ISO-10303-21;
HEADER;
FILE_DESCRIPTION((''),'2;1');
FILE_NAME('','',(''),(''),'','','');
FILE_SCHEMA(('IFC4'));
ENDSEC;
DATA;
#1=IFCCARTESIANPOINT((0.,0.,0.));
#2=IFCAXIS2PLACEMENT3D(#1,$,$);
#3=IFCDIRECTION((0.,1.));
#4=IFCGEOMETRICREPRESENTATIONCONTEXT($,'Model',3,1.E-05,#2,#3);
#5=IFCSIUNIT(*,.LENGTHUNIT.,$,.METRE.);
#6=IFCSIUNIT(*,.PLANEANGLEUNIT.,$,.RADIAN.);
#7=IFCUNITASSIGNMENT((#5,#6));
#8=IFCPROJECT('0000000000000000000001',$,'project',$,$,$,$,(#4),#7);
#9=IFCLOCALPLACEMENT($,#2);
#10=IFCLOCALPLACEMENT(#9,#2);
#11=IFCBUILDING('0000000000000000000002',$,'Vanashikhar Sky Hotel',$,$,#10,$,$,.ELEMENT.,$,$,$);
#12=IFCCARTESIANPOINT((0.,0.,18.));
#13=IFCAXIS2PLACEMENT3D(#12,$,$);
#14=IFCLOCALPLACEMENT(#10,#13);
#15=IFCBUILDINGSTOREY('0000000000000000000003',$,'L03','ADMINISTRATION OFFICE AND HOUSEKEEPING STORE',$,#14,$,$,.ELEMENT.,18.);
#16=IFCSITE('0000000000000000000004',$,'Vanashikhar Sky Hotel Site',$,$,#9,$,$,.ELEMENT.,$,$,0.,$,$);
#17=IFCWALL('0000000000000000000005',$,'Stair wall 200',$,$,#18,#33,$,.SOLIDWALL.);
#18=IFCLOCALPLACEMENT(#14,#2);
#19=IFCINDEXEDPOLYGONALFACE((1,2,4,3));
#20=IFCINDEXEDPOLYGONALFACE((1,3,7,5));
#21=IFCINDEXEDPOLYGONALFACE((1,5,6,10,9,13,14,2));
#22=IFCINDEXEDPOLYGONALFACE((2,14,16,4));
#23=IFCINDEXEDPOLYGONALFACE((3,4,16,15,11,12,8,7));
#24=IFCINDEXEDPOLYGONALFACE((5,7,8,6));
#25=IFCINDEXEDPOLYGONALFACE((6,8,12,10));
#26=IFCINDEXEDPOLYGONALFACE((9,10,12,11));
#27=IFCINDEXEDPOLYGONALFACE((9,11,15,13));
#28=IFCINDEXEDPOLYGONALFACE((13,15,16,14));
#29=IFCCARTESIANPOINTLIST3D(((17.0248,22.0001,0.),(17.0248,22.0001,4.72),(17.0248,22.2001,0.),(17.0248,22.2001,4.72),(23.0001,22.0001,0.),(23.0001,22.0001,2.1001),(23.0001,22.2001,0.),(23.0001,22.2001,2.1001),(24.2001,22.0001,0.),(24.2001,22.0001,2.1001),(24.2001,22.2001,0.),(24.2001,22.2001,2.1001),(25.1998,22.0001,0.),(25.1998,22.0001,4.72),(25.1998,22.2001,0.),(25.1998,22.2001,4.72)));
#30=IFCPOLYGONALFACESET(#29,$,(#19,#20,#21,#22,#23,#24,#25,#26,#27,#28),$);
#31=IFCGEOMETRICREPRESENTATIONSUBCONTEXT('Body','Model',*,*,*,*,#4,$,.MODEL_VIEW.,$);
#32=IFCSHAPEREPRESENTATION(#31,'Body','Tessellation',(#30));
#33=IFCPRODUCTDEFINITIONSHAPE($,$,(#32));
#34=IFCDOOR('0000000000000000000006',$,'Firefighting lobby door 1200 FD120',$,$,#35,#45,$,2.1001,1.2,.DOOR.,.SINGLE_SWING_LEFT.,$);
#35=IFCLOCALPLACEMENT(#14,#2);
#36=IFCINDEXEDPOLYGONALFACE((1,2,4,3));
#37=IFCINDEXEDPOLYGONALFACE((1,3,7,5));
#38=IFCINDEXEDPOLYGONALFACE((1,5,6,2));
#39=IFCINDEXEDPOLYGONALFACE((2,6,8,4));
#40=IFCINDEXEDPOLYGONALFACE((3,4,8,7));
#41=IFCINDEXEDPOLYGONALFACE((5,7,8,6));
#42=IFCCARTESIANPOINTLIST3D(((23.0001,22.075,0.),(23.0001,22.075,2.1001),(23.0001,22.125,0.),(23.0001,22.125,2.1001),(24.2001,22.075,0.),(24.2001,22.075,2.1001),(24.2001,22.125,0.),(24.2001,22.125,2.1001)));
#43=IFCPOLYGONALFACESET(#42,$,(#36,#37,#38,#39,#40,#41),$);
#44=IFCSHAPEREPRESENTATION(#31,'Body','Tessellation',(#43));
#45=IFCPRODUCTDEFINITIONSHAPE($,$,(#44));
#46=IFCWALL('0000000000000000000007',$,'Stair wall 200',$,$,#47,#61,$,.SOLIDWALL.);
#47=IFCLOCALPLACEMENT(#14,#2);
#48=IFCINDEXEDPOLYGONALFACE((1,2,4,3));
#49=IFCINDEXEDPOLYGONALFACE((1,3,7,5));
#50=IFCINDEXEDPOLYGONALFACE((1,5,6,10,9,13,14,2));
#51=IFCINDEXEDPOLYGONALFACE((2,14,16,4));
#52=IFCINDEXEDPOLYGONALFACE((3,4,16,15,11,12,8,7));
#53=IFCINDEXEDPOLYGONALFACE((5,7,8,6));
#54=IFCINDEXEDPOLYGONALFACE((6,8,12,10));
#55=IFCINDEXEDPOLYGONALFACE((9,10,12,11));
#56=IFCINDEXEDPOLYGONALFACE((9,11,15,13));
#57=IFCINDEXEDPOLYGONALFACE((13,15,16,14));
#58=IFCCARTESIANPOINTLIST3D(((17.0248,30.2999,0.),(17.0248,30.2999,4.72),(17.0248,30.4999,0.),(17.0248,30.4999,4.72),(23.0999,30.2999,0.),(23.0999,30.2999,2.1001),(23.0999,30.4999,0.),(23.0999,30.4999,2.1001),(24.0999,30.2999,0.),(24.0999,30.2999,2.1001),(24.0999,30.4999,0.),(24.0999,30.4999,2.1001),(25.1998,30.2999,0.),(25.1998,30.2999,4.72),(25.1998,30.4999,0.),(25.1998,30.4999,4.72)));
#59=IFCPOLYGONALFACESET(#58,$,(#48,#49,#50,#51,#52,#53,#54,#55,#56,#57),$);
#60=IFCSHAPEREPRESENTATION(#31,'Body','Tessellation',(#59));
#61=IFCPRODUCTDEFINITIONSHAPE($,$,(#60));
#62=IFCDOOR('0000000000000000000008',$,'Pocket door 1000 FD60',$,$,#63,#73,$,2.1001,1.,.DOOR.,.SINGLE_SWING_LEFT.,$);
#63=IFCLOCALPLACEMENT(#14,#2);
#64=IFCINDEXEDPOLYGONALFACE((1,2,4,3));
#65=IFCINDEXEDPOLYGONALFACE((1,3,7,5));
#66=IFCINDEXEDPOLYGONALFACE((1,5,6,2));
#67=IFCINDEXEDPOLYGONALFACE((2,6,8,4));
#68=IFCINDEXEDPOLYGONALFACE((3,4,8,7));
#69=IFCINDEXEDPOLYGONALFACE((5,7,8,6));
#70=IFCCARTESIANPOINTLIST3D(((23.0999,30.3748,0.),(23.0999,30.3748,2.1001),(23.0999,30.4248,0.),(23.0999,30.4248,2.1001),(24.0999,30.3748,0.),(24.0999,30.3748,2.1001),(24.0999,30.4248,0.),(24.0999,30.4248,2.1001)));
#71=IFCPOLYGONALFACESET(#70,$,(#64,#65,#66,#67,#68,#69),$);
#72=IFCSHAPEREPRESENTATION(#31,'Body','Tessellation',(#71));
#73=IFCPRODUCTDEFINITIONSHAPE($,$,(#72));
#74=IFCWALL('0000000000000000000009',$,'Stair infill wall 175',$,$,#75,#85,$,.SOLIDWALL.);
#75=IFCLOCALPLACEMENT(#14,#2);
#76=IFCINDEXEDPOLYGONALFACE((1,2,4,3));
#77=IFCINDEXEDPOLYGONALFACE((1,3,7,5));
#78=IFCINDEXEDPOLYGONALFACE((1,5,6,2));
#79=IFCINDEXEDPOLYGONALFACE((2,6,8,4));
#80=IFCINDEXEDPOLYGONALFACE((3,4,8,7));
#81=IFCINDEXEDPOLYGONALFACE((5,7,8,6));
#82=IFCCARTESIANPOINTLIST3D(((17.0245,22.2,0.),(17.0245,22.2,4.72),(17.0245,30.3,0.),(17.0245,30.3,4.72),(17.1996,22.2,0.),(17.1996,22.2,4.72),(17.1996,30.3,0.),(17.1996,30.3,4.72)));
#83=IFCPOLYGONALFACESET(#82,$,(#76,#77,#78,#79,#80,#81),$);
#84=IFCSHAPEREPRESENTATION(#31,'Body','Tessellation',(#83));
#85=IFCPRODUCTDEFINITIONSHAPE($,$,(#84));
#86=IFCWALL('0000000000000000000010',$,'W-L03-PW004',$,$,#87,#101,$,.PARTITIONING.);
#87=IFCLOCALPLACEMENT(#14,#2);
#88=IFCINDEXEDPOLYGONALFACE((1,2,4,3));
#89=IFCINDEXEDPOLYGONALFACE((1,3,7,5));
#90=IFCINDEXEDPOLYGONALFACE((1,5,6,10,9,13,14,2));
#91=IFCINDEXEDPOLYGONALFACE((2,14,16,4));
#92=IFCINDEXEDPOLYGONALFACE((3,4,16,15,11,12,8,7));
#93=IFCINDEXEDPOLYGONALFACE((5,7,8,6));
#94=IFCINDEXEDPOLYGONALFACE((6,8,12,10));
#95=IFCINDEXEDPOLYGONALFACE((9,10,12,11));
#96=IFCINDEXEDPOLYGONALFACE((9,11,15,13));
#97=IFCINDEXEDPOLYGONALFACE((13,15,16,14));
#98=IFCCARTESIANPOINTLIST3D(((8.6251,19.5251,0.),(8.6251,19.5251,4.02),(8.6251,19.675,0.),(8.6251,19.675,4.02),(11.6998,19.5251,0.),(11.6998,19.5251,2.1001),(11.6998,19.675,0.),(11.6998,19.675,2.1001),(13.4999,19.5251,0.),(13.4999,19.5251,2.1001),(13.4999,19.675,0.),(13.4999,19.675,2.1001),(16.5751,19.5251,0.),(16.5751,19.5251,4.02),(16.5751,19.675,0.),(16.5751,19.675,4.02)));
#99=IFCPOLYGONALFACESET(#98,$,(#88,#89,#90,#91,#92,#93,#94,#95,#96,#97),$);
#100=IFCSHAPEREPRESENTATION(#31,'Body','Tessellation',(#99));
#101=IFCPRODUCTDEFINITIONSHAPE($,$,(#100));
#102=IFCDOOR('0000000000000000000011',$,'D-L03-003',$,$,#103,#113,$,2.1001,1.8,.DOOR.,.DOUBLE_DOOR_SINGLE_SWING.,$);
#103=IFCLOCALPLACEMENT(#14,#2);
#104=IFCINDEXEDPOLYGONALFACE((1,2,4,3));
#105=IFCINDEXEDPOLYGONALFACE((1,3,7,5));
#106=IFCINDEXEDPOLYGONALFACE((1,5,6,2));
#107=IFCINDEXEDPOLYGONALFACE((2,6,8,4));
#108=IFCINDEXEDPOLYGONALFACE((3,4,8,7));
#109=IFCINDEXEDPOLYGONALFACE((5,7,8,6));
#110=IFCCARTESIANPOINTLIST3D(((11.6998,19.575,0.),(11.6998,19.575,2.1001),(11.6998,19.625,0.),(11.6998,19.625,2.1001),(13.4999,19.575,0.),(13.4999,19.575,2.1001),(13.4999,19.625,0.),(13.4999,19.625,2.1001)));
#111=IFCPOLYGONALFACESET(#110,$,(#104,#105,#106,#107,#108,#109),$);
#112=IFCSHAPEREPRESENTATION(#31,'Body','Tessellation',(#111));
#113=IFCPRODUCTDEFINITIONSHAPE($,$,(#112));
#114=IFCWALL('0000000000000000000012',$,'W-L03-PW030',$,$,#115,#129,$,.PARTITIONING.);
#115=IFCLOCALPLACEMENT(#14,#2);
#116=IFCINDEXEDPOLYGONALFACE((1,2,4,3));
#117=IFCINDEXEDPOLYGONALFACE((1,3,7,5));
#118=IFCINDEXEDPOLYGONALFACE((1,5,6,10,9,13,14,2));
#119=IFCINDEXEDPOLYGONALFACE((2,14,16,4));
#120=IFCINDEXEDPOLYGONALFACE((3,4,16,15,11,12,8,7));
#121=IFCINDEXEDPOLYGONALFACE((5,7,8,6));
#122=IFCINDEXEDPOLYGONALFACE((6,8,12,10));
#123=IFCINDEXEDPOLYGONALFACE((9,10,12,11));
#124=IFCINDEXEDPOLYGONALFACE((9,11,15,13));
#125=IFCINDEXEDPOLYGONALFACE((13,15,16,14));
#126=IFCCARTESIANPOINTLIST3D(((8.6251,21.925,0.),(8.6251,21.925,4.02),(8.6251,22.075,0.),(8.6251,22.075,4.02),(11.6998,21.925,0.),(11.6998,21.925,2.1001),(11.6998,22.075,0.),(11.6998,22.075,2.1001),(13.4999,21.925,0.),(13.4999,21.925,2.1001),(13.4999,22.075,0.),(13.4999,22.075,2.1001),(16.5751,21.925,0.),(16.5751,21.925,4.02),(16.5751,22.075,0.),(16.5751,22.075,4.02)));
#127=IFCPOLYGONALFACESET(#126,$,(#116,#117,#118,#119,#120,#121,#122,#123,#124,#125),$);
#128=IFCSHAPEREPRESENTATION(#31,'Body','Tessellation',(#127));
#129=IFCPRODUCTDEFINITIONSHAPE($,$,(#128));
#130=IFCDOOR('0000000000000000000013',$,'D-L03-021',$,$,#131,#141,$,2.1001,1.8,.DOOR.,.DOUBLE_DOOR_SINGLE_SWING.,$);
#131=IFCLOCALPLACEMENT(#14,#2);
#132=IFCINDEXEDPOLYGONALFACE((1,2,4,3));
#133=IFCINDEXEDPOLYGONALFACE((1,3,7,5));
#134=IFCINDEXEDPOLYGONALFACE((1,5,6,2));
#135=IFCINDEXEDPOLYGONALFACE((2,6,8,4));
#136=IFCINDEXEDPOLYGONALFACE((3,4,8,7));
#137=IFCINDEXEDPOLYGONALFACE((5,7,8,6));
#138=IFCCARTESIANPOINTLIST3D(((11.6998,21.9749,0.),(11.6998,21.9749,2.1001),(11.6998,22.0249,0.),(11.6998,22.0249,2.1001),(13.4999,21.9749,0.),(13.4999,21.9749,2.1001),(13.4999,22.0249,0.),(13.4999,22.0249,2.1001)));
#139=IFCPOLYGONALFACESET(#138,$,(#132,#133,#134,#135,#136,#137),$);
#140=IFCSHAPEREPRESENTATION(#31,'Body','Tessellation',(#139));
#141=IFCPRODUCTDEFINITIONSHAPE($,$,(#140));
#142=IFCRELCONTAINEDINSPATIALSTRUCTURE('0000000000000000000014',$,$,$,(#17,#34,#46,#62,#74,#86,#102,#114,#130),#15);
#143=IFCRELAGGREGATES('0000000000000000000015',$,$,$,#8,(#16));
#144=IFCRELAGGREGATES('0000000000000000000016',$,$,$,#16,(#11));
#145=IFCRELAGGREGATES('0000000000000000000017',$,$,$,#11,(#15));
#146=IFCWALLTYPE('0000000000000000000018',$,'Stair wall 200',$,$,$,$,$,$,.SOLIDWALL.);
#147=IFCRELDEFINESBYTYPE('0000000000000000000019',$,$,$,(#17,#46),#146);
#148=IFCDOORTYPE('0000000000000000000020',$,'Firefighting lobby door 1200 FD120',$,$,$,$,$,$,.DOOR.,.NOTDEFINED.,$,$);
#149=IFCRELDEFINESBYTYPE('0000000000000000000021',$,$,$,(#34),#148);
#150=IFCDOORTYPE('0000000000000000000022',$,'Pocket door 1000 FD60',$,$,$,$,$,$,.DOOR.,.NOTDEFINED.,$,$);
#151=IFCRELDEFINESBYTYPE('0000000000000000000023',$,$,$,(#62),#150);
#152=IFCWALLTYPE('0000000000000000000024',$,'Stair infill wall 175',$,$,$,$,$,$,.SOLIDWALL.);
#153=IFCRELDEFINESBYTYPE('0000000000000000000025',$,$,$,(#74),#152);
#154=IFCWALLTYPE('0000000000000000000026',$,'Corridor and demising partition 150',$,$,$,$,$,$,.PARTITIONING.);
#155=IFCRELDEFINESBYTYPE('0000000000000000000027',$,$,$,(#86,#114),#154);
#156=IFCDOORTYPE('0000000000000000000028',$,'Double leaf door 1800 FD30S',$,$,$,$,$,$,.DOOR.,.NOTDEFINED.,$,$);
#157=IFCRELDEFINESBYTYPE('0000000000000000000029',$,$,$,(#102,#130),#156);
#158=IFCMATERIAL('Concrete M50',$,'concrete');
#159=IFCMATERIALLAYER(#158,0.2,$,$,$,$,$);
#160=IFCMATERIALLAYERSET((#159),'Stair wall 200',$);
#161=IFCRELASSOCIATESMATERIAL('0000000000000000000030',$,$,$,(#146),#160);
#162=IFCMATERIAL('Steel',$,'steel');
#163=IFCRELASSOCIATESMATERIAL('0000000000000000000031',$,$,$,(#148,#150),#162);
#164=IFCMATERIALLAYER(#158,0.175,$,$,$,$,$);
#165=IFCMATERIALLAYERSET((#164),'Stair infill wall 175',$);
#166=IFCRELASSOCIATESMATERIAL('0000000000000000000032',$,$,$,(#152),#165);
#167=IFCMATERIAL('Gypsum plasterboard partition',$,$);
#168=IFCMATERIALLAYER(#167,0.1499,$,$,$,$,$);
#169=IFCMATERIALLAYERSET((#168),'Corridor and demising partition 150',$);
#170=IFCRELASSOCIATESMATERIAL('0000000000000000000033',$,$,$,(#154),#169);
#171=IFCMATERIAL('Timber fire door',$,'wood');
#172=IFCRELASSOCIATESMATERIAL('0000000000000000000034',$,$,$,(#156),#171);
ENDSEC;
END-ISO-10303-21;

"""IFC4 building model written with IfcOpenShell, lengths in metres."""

from ifc_helpers import new_model, si_unit, direction, frame, frame_2d, origin, place, context, subcontext, project, spatial, rectangle, extrude, source, transform, mapped, material, layer, layer_set, type_object, element, fill, save


model = new_model("IFC4")

# Units and contexts
model_context = context("Model", 3, precision=1e-05, world=origin(), true_north=direction((0.0, 1.0)))
body_context = subcontext(model_context, "Body", "Model", "MODEL_VIEW")
ifc_project = project(units=[si_unit("LENGTHUNIT", "METRE"), si_unit("PLANEANGLEUNIT", "RADIAN")], contexts=[model_context])

# Site, building, storey
site_placement = place(None, origin())
site = spatial("IfcSite", under=ifc_project, at=site_placement, Name="Vanashikhar Sky Hotel Site", CompositionType="ELEMENT", RefElevation=0.0)
building_placement = place(site_placement, origin())
building = spatial("IfcBuilding", under=site, at=building_placement, Name="Vanashikhar Sky Hotel", CompositionType="ELEMENT")
storey_placement = place(building_placement, frame((0.0, 0.0, 18.0)))
storey = spatial("IfcBuildingStorey", under=building, at=storey_placement, Name="L03", Description="ADMINISTRATION OFFICE AND HOUSEKEEPING STORE", CompositionType="ELEMENT", Elevation=18.0)

# Shared definitions
ifc_material_1 = material(Name="Concrete M50", Category="concrete")

# Walls, openings, doors
ifc_layer_1 = layer(ifc_material_1, 0.2)
ifc_layer_set_1 = layer_set([ifc_layer_1], Name="Stair wall 200")
wall_type_1 = type_object("IfcWallType", Name="Stair wall 200", PredefinedType="SOLIDWALL", material=ifc_layer_set_1)
shared_shape_1 = source(origin(), body_context, "Body", "SweptSolid", [
    extrude(rectangle(XDim=8.175, YDim=0.2, at=frame_2d((4.0874, 0.0))), origin(), (0.0, 0.0, 1.0), 4.72),
])
wall_1_placement = place(storey_placement, frame((17.0249, 22.1001, 0.0), z_axis=(0.0, 0.0, 1.0), x_axis=(1.0, 0.0, 0.0)))
wall_1 = element("IfcWall", 1, at=wall_1_placement, inside=storey, type_object=wall_type_1, Name="Stair wall 200", PredefinedType="SOLIDWALL", context=body_context, shape_type="MappedRepresentation", body=[
    mapped(shared_shape_1, transform((0.0, 0.0, 0.0), scale=1.0)),
])
shared_shape_2 = source(origin(), body_context, "Body", "SweptSolid", [
    extrude(rectangle(XDim=1.2, YDim=2.1001, at=frame_2d((0.6001, 1.05))), frame((0.0, 0.1099, 0.0), z_axis=(0.0, -1.0, 0.0), x_axis=(1.0, 0.0, 0.0)), (0.0, 0.0, 1.0), 0.22),
])
opening_1_placement = place(wall_1_placement, frame((5.9751, 0.0, 0.0)))
opening_1 = element("IfcOpeningElement", 2, at=opening_1_placement, cuts=wall_1, PredefinedType="OPENING", context=body_context, shape_type="MappedRepresentation", body=[
    mapped(shared_shape_2, transform((0.0, 0.0, 0.0), scale=1.0)),
])
ifc_material_2 = material(Name="Steel", Category="steel")
door_type_1 = type_object("IfcDoorType", Name="Firefighting lobby door 1200 FD120", OperationType="NOTDEFINED", PredefinedType="DOOR", material=ifc_material_2)
shared_shape_3 = source(origin(), body_context, "Body", "SweptSolid", [
    extrude(rectangle(XDim=1.2, YDim=2.1001, at=frame_2d((0.6001, 1.05))), frame((0.0, 0.0249, 0.0), z_axis=(0.0, -1.0, 0.0), x_axis=(1.0, 0.0, 0.0)), (0.0, 0.0, 1.0), 0.05),
])
door_1_placement = place(opening_1_placement, origin())
door_1 = element("IfcDoor", 3, at=door_1_placement, inside=storey, type_object=door_type_1, Name="Firefighting lobby door 1200 FD120", OperationType="SINGLE_SWING_LEFT", OverallHeight=2.1001, OverallWidth=1.2, PredefinedType="DOOR", context=body_context, shape_type="MappedRepresentation", body=[
    mapped(shared_shape_3, transform((0.0, 0.0, 0.0), scale=1.0)),
])
fill(opening_1, door_1)
wall_2_placement = place(storey_placement, frame((17.0249, 30.3999, 0.0), z_axis=(0.0, 0.0, 1.0), x_axis=(1.0, 0.0, 0.0)))
wall_2 = element("IfcWall", 4, at=wall_2_placement, inside=storey, type_object=wall_type_1, Name="Stair wall 200", PredefinedType="SOLIDWALL", context=body_context, shape_type="MappedRepresentation", body=[
    mapped(shared_shape_1, transform((0.0, 0.0, 0.0), scale=1.0)),
])
shared_shape_4 = source(origin(), body_context, "Body", "SweptSolid", [
    extrude(rectangle(XDim=1.0, YDim=2.1001, at=frame_2d((0.5, 1.05))), frame((0.0, 0.1099, 0.0), z_axis=(0.0, -1.0, 0.0), x_axis=(1.0, 0.0, 0.0)), (0.0, 0.0, 1.0), 0.22),
])
opening_2_placement = place(wall_2_placement, frame((6.075, 0.0, 0.0)))
opening_2 = element("IfcOpeningElement", 5, at=opening_2_placement, cuts=wall_2, PredefinedType="OPENING", context=body_context, shape_type="MappedRepresentation", body=[
    mapped(shared_shape_4, transform((0.0, 0.0, 0.0), scale=1.0)),
])
door_type_2 = type_object("IfcDoorType", Name="Pocket door 1000 FD60", OperationType="NOTDEFINED", PredefinedType="DOOR", material=ifc_material_2)
shared_shape_5 = source(origin(), body_context, "Body", "SweptSolid", [
    extrude(rectangle(XDim=1.0, YDim=2.1001, at=frame_2d((0.5, 1.05))), frame((0.0, 0.0249, 0.0), z_axis=(0.0, -1.0, 0.0), x_axis=(1.0, 0.0, 0.0)), (0.0, 0.0, 1.0), 0.05),
])
door_2_placement = place(opening_2_placement, origin())
door_2 = element("IfcDoor", 6, at=door_2_placement, inside=storey, type_object=door_type_2, Name="Pocket door 1000 FD60", OperationType="SINGLE_SWING_LEFT", OverallHeight=2.1001, OverallWidth=1.0, PredefinedType="DOOR", context=body_context, shape_type="MappedRepresentation", body=[
    mapped(shared_shape_5, transform((0.0, 0.0, 0.0), scale=1.0)),
])
fill(opening_2, door_2)

# Wall
ifc_layer_2 = layer(ifc_material_1, 0.175)
ifc_layer_set_2 = layer_set([ifc_layer_2], Name="Stair infill wall 175")
wall_type_2 = type_object("IfcWallType", Name="Stair infill wall 175", PredefinedType="SOLIDWALL", material=ifc_layer_set_2)
shared_shape_6 = source(origin(), body_context, "Body", "SweptSolid", [
    extrude(rectangle(XDim=8.1001, YDim=0.175, at=frame_2d((4.05, 0.0))), origin(), (0.0, 0.0, 1.0), 4.72),
])
wall_3_placement = place(storey_placement, frame((17.1121, 22.2, 0.0), z_axis=(0.0, 0.0, 1.0), x_axis=(0.0, 1.0, 0.0)))
element("IfcWall", 7, at=wall_3_placement, inside=storey, type_object=wall_type_2, Name="Stair infill wall 175", PredefinedType="SOLIDWALL", context=body_context, shape_type="MappedRepresentation", body=[
    mapped(shared_shape_6, transform((0.0, 0.0, 0.0), scale=1.0)),
])

# Walls, openings, doors
ifc_material_3 = material(Name="Gypsum plasterboard partition")
ifc_layer_3 = layer(ifc_material_3, 0.1499)
ifc_layer_set_3 = layer_set([ifc_layer_3], Name="Corridor and demising partition 150")
wall_type_3 = type_object("IfcWallType", Name="Corridor and demising partition 150", PredefinedType="PARTITIONING", material=ifc_layer_set_3)
shared_shape_7 = source(origin(), body_context, "Body", "SweptSolid", [
    extrude(rectangle(XDim=7.95, YDim=0.1499, at=frame_2d((3.9751, 0.0))), origin(), (0.0, 0.0, 1.0), 4.02),
])
wall_4_placement = place(storey_placement, frame((8.625, 19.6001, 0.0), z_axis=(0.0, 0.0, 1.0), x_axis=(1.0, 0.0, 0.0)))
wall_4 = element("IfcWall", 8, at=wall_4_placement, inside=storey, type_object=wall_type_3, Name="W-L03-PW004", PredefinedType="PARTITIONING", context=body_context, shape_type="MappedRepresentation", body=[
    mapped(shared_shape_7, transform((0.0, 0.0, 0.0), scale=1.0)),
])
shared_shape_8 = source(origin(), body_context, "Body", "SweptSolid", [
    extrude(rectangle(XDim=1.8, YDim=2.1001, at=frame_2d((0.8999, 1.05))), frame((0.0, 0.085, 0.0), z_axis=(0.0, -1.0, 0.0), x_axis=(1.0, 0.0, 0.0)), (0.0, 0.0, 1.0), 0.1699),
])
opening_3_placement = place(wall_4_placement, frame((3.075, 0.0, 0.0)))
opening_3 = element("IfcOpeningElement", 9, at=opening_3_placement, cuts=wall_4, PredefinedType="OPENING", context=body_context, shape_type="MappedRepresentation", body=[
    mapped(shared_shape_8, transform((0.0, 0.0, 0.0), scale=1.0)),
])
ifc_material_4 = material(Name="Timber fire door", Category="wood")
door_type_3 = type_object("IfcDoorType", Name="Double leaf door 1800 FD30S", OperationType="NOTDEFINED", PredefinedType="DOOR", material=ifc_material_4)
shared_shape_9 = source(origin(), body_context, "Body", "SweptSolid", [
    extrude(rectangle(XDim=1.8, YDim=2.1001, at=frame_2d((0.8999, 1.05))), frame((0.0, 0.0249, 0.0), z_axis=(0.0, -1.0, 0.0), x_axis=(1.0, 0.0, 0.0)), (0.0, 0.0, 1.0), 0.05),
])
door_3_placement = place(opening_3_placement, origin())
door_3 = element("IfcDoor", 10, at=door_3_placement, inside=storey, type_object=door_type_3, Name="D-L03-003", OperationType="DOUBLE_DOOR_SINGLE_SWING", OverallHeight=2.1001, OverallWidth=1.8, PredefinedType="DOOR", context=body_context, shape_type="MappedRepresentation", body=[
    mapped(shared_shape_9, transform((0.0, 0.0, 0.0), scale=1.0)),
])
fill(opening_3, door_3)
wall_5_placement = place(storey_placement, frame((8.625, 22.0, 0.0), z_axis=(0.0, 0.0, 1.0), x_axis=(1.0, 0.0, 0.0)))
wall_5 = element("IfcWall", 11, at=wall_5_placement, inside=storey, type_object=wall_type_3, Name="W-L03-PW030", PredefinedType="PARTITIONING", context=body_context, shape_type="MappedRepresentation", body=[
    mapped(shared_shape_7, transform((0.0, 0.0, 0.0), scale=1.0)),
])
opening_4_placement = place(wall_5_placement, frame((3.075, 0.0, 0.0)))
opening_4 = element("IfcOpeningElement", 12, at=opening_4_placement, cuts=wall_5, PredefinedType="OPENING", context=body_context, shape_type="MappedRepresentation", body=[
    mapped(shared_shape_8, transform((0.0, 0.0, 0.0), scale=1.0)),
])
door_4_placement = place(opening_4_placement, origin())
door_4 = element("IfcDoor", 13, at=door_4_placement, inside=storey, type_object=door_type_3, Name="D-L03-021", OperationType="DOUBLE_DOOR_SINGLE_SWING", OverallHeight=2.1001, OverallWidth=1.8, PredefinedType="DOOR", context=body_context, shape_type="MappedRepresentation", body=[
    mapped(shared_shape_9, transform((0.0, 0.0, 0.0), scale=1.0)),
])
fill(opening_4, door_4)

save(model, "model.ifc")
